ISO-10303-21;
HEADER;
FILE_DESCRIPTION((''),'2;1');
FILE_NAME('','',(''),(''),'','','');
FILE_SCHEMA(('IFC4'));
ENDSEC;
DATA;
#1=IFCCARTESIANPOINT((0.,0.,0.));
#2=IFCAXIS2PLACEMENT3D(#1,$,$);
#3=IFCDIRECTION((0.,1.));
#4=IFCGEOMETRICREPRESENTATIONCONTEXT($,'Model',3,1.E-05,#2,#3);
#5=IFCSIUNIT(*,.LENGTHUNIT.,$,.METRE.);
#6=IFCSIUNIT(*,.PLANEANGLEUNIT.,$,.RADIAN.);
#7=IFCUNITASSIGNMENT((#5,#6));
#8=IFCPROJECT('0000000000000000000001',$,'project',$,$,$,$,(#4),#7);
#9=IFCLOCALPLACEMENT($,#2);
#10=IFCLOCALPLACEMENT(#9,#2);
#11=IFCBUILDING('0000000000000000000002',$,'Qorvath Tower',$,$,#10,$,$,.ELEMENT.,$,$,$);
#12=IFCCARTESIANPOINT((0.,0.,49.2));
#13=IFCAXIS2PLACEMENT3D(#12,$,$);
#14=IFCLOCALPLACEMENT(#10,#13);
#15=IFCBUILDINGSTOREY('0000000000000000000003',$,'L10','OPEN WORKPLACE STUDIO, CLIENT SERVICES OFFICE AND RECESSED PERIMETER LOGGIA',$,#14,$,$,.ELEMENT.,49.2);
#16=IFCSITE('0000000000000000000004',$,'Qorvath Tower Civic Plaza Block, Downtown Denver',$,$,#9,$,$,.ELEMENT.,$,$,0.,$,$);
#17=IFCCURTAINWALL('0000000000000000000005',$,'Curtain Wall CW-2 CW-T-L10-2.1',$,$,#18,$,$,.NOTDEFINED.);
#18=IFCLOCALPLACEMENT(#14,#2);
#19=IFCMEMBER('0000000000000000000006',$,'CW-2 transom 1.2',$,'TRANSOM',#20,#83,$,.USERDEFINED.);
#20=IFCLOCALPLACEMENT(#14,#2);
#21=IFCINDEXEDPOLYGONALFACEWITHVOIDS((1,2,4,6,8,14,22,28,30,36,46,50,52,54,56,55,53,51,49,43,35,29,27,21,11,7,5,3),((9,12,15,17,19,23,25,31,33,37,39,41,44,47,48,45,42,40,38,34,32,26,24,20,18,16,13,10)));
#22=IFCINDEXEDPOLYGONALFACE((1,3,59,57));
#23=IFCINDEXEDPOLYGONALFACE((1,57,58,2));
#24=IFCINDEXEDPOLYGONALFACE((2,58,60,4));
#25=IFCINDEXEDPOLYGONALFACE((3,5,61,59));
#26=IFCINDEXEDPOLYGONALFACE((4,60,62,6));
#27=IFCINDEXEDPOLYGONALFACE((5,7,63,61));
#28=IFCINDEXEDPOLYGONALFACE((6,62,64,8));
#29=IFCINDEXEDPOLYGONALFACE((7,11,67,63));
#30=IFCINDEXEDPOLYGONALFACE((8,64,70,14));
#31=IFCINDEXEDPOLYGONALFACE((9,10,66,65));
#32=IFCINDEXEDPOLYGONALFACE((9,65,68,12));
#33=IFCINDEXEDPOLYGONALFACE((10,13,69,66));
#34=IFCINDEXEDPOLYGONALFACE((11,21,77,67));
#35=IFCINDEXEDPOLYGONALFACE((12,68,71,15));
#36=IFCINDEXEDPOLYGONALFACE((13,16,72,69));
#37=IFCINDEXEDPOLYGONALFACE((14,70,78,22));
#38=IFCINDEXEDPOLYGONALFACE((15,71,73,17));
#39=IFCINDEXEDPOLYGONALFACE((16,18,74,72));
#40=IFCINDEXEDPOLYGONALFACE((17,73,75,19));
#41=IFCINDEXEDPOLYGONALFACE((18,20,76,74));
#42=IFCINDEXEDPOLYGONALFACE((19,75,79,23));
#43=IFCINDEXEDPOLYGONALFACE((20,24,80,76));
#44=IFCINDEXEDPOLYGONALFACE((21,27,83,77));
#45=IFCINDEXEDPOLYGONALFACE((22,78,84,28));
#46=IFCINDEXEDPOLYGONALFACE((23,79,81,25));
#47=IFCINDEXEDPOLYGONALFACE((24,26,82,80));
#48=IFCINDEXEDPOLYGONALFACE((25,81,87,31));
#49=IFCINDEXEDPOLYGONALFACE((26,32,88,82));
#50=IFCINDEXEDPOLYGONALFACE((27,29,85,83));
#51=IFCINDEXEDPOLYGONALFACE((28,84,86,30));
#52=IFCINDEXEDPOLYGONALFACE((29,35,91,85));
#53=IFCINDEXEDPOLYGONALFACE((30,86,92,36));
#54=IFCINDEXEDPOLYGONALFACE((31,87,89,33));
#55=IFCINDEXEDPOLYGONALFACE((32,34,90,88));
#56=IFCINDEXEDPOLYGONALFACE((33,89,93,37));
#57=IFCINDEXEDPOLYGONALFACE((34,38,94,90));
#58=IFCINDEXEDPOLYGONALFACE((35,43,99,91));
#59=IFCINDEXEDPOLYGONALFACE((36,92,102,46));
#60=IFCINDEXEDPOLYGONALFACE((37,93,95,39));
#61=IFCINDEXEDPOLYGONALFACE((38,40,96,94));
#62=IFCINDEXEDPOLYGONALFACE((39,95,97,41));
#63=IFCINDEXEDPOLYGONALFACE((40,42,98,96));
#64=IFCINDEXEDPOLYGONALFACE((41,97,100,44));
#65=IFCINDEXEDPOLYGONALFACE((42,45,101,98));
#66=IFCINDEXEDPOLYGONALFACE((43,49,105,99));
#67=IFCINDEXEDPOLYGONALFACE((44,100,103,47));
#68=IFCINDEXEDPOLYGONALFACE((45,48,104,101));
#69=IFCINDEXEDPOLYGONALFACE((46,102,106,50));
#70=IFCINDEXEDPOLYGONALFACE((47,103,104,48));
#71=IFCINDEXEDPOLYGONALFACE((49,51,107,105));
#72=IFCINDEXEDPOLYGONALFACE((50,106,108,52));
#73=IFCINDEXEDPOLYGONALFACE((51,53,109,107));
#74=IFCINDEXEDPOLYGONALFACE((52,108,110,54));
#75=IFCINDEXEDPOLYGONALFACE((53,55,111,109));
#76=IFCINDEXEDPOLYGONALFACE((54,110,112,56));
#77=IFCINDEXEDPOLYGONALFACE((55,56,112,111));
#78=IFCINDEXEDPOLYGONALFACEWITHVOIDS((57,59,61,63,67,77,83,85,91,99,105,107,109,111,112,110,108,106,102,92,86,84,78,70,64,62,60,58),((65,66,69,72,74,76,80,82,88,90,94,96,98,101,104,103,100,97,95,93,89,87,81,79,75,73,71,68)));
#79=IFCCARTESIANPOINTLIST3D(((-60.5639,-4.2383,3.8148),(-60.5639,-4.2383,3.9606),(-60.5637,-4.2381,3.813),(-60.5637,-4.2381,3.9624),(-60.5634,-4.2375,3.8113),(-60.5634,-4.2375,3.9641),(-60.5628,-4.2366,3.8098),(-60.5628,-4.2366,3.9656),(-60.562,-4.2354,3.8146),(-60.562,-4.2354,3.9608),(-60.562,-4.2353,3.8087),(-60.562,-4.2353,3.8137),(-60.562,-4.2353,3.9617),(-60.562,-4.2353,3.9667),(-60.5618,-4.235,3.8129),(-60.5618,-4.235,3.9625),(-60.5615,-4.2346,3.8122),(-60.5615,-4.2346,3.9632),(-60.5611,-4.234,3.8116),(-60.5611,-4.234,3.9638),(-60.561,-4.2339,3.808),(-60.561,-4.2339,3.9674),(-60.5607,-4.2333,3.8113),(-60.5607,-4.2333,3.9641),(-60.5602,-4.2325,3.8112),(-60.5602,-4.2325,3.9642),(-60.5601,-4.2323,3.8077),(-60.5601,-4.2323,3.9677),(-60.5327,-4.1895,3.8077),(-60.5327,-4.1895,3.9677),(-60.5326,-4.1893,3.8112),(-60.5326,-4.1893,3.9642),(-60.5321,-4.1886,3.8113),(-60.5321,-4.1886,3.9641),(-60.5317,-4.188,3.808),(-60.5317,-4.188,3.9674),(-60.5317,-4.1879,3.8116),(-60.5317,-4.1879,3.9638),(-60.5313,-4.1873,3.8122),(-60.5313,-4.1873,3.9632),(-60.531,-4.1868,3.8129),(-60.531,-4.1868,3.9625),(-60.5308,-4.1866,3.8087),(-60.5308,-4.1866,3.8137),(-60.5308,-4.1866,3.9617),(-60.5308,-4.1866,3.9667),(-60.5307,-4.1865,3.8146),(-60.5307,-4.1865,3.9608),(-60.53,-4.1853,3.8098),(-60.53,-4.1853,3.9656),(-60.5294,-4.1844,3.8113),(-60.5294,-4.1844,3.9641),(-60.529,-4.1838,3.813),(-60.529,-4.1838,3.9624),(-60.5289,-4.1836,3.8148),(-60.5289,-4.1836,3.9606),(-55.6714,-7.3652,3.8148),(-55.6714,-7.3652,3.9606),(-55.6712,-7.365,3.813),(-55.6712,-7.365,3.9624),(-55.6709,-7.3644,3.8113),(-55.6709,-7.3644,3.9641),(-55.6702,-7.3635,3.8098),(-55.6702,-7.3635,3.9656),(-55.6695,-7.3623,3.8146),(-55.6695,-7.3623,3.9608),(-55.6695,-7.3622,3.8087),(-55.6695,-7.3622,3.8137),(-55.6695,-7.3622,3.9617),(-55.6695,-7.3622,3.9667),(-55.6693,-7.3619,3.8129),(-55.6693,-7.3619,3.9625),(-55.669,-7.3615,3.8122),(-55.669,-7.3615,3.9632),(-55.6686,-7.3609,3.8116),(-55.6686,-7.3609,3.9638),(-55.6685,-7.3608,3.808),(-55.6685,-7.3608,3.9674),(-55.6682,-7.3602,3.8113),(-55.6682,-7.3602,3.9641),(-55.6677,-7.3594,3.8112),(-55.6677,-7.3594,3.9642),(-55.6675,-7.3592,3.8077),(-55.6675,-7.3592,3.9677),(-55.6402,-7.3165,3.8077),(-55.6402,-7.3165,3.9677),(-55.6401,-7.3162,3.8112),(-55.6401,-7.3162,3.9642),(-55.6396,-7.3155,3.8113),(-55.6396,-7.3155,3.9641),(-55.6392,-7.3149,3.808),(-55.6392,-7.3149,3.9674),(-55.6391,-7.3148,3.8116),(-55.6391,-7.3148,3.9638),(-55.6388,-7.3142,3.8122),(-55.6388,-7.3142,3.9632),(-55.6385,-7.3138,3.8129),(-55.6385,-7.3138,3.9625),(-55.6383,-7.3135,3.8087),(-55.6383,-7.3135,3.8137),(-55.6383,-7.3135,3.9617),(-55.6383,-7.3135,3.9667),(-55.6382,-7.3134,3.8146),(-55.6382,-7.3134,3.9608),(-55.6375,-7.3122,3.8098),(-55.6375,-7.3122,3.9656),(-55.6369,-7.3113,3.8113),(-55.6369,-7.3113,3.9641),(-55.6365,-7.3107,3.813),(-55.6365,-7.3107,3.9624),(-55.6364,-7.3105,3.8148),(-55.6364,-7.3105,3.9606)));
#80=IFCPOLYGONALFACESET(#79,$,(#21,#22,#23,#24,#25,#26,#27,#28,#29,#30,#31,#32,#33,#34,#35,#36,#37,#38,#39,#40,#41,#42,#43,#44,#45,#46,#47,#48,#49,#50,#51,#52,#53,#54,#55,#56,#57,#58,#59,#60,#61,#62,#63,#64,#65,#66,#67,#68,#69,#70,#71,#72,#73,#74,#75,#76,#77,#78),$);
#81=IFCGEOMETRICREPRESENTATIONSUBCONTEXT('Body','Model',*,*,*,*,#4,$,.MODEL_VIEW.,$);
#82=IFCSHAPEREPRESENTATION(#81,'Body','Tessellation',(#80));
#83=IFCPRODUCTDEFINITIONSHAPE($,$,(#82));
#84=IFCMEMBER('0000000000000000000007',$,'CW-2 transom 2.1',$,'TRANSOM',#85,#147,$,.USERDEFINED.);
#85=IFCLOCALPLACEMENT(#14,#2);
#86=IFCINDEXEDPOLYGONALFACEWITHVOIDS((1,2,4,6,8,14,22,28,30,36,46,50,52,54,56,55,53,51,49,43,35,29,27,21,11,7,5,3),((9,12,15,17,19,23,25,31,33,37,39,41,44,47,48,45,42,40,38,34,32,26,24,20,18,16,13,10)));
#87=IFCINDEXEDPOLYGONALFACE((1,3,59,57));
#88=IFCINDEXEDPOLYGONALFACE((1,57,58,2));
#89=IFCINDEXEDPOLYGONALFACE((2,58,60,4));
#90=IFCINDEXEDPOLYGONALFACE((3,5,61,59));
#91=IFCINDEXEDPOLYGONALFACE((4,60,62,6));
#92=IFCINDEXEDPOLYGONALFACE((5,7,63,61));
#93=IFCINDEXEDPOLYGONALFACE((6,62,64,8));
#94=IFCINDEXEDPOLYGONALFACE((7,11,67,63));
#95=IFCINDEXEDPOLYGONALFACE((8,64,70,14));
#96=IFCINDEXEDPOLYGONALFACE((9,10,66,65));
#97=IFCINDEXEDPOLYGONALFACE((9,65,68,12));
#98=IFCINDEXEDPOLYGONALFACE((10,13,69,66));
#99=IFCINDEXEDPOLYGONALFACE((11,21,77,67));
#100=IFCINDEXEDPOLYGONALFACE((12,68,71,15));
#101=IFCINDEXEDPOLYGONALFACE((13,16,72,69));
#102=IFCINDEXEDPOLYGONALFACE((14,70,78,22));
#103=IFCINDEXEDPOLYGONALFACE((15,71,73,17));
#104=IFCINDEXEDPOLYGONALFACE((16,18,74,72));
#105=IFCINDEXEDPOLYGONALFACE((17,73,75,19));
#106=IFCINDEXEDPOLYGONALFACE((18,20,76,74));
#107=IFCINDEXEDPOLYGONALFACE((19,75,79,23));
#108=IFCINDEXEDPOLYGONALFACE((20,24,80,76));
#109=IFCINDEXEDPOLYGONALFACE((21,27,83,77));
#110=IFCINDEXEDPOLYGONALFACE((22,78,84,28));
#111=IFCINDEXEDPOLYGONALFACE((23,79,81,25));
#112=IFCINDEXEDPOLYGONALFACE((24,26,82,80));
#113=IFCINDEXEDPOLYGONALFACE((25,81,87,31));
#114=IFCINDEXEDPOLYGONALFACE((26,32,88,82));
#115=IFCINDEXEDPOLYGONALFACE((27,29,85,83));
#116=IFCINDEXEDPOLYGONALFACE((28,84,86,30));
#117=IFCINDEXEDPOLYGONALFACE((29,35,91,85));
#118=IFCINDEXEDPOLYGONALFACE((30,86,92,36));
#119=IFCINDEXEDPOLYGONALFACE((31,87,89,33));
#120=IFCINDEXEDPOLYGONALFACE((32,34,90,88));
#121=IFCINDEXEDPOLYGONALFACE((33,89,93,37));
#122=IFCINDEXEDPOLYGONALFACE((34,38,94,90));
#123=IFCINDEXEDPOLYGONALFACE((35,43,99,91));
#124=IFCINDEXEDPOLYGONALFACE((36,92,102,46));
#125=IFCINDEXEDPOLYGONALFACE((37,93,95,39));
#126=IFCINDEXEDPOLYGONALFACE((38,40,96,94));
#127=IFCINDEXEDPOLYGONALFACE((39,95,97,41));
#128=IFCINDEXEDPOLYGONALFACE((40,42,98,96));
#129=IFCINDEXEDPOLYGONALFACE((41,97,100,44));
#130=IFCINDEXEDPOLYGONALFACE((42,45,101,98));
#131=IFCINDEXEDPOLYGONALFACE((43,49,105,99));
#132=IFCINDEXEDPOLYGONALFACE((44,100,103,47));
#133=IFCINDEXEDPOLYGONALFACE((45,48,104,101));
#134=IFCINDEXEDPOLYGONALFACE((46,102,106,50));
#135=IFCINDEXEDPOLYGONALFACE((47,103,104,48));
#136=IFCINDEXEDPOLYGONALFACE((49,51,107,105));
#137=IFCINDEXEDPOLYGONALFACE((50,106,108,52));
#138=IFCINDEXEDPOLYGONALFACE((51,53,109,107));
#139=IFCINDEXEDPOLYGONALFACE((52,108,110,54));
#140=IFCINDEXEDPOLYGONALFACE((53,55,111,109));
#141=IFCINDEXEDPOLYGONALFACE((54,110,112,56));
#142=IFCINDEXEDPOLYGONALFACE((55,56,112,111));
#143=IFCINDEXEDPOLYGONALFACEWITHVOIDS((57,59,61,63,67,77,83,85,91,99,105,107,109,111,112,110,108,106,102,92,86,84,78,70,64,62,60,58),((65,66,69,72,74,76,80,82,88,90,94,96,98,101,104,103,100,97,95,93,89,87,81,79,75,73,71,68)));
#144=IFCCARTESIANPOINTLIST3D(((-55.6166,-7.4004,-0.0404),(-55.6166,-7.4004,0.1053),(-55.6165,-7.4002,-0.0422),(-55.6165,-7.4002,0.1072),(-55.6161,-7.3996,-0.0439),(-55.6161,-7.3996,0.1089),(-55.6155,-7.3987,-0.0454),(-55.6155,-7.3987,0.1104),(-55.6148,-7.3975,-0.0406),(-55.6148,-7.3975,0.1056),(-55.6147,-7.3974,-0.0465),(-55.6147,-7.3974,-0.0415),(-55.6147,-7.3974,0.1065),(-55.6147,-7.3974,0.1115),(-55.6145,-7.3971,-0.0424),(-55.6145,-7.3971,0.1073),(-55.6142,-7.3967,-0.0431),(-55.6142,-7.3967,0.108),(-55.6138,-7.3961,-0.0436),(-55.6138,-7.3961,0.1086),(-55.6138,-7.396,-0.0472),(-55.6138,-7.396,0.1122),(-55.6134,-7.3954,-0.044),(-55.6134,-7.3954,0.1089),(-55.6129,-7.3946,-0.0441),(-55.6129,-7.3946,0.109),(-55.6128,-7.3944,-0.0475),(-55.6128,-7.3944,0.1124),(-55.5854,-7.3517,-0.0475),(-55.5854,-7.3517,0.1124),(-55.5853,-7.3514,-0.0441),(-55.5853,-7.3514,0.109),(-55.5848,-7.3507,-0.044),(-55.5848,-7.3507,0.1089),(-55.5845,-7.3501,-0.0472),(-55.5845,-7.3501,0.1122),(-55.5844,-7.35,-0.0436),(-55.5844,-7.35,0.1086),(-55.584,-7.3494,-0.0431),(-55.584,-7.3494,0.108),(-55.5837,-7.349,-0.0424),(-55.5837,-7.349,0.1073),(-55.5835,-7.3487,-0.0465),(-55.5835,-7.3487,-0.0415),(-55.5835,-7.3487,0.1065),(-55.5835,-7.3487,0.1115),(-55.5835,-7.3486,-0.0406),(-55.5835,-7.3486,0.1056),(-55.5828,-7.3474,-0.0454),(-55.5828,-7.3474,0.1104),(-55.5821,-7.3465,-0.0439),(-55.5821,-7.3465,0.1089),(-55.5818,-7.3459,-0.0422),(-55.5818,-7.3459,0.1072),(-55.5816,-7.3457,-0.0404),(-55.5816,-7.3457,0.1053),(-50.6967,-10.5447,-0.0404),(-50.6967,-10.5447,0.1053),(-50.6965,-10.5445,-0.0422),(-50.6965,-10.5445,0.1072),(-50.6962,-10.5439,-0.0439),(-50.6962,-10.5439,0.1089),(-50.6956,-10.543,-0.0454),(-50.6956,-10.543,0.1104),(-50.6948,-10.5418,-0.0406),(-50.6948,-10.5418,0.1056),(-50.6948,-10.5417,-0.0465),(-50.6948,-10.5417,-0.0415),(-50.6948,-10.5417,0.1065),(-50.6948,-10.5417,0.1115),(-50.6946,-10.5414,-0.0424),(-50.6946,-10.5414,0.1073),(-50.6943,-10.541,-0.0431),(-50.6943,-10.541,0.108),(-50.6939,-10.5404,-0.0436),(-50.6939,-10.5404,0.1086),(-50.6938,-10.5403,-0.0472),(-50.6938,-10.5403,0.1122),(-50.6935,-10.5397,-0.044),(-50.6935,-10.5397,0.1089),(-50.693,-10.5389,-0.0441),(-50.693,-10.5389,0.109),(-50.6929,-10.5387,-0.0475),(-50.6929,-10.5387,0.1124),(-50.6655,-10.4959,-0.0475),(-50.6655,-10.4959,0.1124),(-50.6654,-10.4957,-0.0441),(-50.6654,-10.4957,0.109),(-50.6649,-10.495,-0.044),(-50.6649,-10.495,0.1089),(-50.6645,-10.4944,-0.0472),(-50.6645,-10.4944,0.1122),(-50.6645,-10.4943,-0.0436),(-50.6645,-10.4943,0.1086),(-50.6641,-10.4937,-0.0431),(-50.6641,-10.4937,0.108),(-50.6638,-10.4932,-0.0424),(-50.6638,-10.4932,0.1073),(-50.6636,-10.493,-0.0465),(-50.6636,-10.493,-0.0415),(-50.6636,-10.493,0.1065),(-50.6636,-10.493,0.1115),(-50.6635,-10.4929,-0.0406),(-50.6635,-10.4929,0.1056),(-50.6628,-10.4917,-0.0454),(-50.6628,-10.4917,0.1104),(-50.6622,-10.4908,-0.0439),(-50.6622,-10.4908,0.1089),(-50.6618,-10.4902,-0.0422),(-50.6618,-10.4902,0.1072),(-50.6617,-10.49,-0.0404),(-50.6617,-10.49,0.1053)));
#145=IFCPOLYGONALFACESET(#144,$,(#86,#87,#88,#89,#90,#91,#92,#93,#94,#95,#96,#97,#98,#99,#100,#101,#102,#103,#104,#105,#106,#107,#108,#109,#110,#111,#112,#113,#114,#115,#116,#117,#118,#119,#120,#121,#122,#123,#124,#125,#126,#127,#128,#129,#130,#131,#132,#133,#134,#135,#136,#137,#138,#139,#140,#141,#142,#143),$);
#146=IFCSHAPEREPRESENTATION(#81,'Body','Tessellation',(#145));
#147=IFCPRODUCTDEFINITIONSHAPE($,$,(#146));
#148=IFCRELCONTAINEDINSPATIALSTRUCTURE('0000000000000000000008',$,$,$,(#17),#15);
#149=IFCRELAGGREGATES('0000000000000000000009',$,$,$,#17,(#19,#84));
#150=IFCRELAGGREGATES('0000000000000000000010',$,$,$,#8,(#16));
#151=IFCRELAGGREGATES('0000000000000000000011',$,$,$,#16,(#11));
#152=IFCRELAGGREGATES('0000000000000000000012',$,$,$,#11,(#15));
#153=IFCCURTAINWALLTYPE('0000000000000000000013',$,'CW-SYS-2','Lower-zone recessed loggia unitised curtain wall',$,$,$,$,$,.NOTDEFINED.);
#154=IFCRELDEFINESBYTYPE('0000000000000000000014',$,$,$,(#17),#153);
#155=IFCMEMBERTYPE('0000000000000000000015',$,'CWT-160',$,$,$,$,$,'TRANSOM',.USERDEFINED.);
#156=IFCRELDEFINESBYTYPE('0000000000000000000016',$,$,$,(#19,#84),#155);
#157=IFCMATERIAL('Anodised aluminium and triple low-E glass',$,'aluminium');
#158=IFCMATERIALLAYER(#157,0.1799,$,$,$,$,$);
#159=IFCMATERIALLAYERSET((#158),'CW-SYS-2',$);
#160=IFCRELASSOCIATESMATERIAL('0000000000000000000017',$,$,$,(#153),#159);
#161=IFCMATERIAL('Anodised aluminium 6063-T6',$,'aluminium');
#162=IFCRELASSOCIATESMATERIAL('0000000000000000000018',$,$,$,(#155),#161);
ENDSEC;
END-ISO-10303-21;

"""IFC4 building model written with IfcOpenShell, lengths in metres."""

from ifc_helpers import new_model, si_unit, direction, frame, origin, origin_2d, place, context, subcontext, project, spatial, hollow_rectangle, extrude, material, layer, layer_set, material_profile, profile_set, type_object, element, aggregate, save


model = new_model("IFC4")

# Units and contexts
model_context = context("Model", 3, precision=1e-05, world=origin(), true_north=direction((0.0, 1.0)))
body_context = subcontext(model_context, "Body", "Model", "MODEL_VIEW")
ifc_project = project(units=[si_unit("LENGTHUNIT", "METRE"), si_unit("PLANEANGLEUNIT", "RADIAN")], contexts=[model_context])

# Site, building, storey
site_placement = place(None, origin())
site = spatial("IfcSite", under=ifc_project, at=site_placement, Name="Qorvath Tower Civic Plaza Block, Downtown Denver", CompositionType="ELEMENT", RefElevation=0.0)
building_placement = place(site_placement, origin())
building = spatial("IfcBuilding", under=site, at=building_placement, Name="Qorvath Tower", CompositionType="ELEMENT")
storey_placement = place(building_placement, frame((0.0, 0.0, 49.2)))
storey = spatial("IfcBuildingStorey", under=building, at=storey_placement, Name="L10", Description="OPEN WORKPLACE STUDIO, CLIENT SERVICES OFFICE AND RECESSED PERIMETER LOGGIA", CompositionType="ELEMENT", Elevation=49.2)

# Curtain wall, members
ifc_material_1 = material(Name="Anodised aluminium and triple low-E glass", Category="aluminium")
ifc_layer_1 = layer(ifc_material_1, 0.1799)
ifc_layer_set_1 = layer_set([ifc_layer_1], Name="CW-SYS-2")
curtain_wall_type = type_object("IfcCurtainWallType", Name="CW-SYS-2", Description="Lower-zone recessed loggia unitised curtain wall", PredefinedType="NOTDEFINED", material=ifc_layer_set_1)
curtain_wall_placement = place(storey_placement, origin())
curtain_wall = element("IfcCurtainWall", 1, at=curtain_wall_placement, inside=storey, type_object=curtain_wall_type, Name="Curtain Wall CW-2 CW-T-L10-2.1", PredefinedType="NOTDEFINED")
ifc_material_2 = material(Name="Anodised aluminium 6063-T6", Category="aluminium")
ifc_material_profile_1 = material_profile(ifc_material_2, hollow_rectangle(XDim=0.0649, YDim=0.1599, WallThickness=0.0034, InnerFilletRadius=0.0034, OuterFilletRadius=0.0071, at=origin_2d()), Name="CWT 160x65")
ifc_profile_set_1 = profile_set([ifc_material_profile_1], Name="Anodised aluminium 6063-T6")
member_type_1 = type_object("IfcMemberType", Name="CWT-160", ElementType="TRANSOM", PredefinedType="USERDEFINED", material=ifc_profile_set_1)
member_1_placement = place(storey_placement, frame((-60.5464, -4.2109, 3.8877), z_axis=(0.842607, -0.538529, 0.0), x_axis=(0.538529, 0.842607, 0.0)))
member_1 = element("IfcMember", 2, at=member_1_placement, type_object=member_type_1, Name="CW-2 transom 1.2", ObjectType="TRANSOM", PredefinedType="USERDEFINED", context=body_context, shape_type="SweptSolid", body=[
    extrude(hollow_rectangle(XDim=0.0649, YDim=0.1599, WallThickness=0.0034, InnerFilletRadius=0.0034, OuterFilletRadius=0.0071, at=origin_2d()), origin(), (0.0, 0.0, 1.0), 5.8064),
])
member_2_placement = place(storey_placement, frame((-55.5991, -7.373, 0.0325), z_axis=(0.842618, -0.538511, 0.0), x_axis=(0.538511, 0.842618, 0.0)))
member_2 = element("IfcMember", 3, at=member_2_placement, type_object=member_type_1, Name="CW-2 transom 2.1", ObjectType="TRANSOM", PredefinedType="USERDEFINED", context=body_context, shape_type="SweptSolid", body=[
    extrude(hollow_rectangle(XDim=0.0649, YDim=0.1599, WallThickness=0.0034, InnerFilletRadius=0.0034, OuterFilletRadius=0.0071, at=origin_2d()), origin(), (0.0, 0.0, 1.0), 5.8389),
])

aggregate(curtain_wall, [member_1, member_2])

save(model, "model.ifc")
